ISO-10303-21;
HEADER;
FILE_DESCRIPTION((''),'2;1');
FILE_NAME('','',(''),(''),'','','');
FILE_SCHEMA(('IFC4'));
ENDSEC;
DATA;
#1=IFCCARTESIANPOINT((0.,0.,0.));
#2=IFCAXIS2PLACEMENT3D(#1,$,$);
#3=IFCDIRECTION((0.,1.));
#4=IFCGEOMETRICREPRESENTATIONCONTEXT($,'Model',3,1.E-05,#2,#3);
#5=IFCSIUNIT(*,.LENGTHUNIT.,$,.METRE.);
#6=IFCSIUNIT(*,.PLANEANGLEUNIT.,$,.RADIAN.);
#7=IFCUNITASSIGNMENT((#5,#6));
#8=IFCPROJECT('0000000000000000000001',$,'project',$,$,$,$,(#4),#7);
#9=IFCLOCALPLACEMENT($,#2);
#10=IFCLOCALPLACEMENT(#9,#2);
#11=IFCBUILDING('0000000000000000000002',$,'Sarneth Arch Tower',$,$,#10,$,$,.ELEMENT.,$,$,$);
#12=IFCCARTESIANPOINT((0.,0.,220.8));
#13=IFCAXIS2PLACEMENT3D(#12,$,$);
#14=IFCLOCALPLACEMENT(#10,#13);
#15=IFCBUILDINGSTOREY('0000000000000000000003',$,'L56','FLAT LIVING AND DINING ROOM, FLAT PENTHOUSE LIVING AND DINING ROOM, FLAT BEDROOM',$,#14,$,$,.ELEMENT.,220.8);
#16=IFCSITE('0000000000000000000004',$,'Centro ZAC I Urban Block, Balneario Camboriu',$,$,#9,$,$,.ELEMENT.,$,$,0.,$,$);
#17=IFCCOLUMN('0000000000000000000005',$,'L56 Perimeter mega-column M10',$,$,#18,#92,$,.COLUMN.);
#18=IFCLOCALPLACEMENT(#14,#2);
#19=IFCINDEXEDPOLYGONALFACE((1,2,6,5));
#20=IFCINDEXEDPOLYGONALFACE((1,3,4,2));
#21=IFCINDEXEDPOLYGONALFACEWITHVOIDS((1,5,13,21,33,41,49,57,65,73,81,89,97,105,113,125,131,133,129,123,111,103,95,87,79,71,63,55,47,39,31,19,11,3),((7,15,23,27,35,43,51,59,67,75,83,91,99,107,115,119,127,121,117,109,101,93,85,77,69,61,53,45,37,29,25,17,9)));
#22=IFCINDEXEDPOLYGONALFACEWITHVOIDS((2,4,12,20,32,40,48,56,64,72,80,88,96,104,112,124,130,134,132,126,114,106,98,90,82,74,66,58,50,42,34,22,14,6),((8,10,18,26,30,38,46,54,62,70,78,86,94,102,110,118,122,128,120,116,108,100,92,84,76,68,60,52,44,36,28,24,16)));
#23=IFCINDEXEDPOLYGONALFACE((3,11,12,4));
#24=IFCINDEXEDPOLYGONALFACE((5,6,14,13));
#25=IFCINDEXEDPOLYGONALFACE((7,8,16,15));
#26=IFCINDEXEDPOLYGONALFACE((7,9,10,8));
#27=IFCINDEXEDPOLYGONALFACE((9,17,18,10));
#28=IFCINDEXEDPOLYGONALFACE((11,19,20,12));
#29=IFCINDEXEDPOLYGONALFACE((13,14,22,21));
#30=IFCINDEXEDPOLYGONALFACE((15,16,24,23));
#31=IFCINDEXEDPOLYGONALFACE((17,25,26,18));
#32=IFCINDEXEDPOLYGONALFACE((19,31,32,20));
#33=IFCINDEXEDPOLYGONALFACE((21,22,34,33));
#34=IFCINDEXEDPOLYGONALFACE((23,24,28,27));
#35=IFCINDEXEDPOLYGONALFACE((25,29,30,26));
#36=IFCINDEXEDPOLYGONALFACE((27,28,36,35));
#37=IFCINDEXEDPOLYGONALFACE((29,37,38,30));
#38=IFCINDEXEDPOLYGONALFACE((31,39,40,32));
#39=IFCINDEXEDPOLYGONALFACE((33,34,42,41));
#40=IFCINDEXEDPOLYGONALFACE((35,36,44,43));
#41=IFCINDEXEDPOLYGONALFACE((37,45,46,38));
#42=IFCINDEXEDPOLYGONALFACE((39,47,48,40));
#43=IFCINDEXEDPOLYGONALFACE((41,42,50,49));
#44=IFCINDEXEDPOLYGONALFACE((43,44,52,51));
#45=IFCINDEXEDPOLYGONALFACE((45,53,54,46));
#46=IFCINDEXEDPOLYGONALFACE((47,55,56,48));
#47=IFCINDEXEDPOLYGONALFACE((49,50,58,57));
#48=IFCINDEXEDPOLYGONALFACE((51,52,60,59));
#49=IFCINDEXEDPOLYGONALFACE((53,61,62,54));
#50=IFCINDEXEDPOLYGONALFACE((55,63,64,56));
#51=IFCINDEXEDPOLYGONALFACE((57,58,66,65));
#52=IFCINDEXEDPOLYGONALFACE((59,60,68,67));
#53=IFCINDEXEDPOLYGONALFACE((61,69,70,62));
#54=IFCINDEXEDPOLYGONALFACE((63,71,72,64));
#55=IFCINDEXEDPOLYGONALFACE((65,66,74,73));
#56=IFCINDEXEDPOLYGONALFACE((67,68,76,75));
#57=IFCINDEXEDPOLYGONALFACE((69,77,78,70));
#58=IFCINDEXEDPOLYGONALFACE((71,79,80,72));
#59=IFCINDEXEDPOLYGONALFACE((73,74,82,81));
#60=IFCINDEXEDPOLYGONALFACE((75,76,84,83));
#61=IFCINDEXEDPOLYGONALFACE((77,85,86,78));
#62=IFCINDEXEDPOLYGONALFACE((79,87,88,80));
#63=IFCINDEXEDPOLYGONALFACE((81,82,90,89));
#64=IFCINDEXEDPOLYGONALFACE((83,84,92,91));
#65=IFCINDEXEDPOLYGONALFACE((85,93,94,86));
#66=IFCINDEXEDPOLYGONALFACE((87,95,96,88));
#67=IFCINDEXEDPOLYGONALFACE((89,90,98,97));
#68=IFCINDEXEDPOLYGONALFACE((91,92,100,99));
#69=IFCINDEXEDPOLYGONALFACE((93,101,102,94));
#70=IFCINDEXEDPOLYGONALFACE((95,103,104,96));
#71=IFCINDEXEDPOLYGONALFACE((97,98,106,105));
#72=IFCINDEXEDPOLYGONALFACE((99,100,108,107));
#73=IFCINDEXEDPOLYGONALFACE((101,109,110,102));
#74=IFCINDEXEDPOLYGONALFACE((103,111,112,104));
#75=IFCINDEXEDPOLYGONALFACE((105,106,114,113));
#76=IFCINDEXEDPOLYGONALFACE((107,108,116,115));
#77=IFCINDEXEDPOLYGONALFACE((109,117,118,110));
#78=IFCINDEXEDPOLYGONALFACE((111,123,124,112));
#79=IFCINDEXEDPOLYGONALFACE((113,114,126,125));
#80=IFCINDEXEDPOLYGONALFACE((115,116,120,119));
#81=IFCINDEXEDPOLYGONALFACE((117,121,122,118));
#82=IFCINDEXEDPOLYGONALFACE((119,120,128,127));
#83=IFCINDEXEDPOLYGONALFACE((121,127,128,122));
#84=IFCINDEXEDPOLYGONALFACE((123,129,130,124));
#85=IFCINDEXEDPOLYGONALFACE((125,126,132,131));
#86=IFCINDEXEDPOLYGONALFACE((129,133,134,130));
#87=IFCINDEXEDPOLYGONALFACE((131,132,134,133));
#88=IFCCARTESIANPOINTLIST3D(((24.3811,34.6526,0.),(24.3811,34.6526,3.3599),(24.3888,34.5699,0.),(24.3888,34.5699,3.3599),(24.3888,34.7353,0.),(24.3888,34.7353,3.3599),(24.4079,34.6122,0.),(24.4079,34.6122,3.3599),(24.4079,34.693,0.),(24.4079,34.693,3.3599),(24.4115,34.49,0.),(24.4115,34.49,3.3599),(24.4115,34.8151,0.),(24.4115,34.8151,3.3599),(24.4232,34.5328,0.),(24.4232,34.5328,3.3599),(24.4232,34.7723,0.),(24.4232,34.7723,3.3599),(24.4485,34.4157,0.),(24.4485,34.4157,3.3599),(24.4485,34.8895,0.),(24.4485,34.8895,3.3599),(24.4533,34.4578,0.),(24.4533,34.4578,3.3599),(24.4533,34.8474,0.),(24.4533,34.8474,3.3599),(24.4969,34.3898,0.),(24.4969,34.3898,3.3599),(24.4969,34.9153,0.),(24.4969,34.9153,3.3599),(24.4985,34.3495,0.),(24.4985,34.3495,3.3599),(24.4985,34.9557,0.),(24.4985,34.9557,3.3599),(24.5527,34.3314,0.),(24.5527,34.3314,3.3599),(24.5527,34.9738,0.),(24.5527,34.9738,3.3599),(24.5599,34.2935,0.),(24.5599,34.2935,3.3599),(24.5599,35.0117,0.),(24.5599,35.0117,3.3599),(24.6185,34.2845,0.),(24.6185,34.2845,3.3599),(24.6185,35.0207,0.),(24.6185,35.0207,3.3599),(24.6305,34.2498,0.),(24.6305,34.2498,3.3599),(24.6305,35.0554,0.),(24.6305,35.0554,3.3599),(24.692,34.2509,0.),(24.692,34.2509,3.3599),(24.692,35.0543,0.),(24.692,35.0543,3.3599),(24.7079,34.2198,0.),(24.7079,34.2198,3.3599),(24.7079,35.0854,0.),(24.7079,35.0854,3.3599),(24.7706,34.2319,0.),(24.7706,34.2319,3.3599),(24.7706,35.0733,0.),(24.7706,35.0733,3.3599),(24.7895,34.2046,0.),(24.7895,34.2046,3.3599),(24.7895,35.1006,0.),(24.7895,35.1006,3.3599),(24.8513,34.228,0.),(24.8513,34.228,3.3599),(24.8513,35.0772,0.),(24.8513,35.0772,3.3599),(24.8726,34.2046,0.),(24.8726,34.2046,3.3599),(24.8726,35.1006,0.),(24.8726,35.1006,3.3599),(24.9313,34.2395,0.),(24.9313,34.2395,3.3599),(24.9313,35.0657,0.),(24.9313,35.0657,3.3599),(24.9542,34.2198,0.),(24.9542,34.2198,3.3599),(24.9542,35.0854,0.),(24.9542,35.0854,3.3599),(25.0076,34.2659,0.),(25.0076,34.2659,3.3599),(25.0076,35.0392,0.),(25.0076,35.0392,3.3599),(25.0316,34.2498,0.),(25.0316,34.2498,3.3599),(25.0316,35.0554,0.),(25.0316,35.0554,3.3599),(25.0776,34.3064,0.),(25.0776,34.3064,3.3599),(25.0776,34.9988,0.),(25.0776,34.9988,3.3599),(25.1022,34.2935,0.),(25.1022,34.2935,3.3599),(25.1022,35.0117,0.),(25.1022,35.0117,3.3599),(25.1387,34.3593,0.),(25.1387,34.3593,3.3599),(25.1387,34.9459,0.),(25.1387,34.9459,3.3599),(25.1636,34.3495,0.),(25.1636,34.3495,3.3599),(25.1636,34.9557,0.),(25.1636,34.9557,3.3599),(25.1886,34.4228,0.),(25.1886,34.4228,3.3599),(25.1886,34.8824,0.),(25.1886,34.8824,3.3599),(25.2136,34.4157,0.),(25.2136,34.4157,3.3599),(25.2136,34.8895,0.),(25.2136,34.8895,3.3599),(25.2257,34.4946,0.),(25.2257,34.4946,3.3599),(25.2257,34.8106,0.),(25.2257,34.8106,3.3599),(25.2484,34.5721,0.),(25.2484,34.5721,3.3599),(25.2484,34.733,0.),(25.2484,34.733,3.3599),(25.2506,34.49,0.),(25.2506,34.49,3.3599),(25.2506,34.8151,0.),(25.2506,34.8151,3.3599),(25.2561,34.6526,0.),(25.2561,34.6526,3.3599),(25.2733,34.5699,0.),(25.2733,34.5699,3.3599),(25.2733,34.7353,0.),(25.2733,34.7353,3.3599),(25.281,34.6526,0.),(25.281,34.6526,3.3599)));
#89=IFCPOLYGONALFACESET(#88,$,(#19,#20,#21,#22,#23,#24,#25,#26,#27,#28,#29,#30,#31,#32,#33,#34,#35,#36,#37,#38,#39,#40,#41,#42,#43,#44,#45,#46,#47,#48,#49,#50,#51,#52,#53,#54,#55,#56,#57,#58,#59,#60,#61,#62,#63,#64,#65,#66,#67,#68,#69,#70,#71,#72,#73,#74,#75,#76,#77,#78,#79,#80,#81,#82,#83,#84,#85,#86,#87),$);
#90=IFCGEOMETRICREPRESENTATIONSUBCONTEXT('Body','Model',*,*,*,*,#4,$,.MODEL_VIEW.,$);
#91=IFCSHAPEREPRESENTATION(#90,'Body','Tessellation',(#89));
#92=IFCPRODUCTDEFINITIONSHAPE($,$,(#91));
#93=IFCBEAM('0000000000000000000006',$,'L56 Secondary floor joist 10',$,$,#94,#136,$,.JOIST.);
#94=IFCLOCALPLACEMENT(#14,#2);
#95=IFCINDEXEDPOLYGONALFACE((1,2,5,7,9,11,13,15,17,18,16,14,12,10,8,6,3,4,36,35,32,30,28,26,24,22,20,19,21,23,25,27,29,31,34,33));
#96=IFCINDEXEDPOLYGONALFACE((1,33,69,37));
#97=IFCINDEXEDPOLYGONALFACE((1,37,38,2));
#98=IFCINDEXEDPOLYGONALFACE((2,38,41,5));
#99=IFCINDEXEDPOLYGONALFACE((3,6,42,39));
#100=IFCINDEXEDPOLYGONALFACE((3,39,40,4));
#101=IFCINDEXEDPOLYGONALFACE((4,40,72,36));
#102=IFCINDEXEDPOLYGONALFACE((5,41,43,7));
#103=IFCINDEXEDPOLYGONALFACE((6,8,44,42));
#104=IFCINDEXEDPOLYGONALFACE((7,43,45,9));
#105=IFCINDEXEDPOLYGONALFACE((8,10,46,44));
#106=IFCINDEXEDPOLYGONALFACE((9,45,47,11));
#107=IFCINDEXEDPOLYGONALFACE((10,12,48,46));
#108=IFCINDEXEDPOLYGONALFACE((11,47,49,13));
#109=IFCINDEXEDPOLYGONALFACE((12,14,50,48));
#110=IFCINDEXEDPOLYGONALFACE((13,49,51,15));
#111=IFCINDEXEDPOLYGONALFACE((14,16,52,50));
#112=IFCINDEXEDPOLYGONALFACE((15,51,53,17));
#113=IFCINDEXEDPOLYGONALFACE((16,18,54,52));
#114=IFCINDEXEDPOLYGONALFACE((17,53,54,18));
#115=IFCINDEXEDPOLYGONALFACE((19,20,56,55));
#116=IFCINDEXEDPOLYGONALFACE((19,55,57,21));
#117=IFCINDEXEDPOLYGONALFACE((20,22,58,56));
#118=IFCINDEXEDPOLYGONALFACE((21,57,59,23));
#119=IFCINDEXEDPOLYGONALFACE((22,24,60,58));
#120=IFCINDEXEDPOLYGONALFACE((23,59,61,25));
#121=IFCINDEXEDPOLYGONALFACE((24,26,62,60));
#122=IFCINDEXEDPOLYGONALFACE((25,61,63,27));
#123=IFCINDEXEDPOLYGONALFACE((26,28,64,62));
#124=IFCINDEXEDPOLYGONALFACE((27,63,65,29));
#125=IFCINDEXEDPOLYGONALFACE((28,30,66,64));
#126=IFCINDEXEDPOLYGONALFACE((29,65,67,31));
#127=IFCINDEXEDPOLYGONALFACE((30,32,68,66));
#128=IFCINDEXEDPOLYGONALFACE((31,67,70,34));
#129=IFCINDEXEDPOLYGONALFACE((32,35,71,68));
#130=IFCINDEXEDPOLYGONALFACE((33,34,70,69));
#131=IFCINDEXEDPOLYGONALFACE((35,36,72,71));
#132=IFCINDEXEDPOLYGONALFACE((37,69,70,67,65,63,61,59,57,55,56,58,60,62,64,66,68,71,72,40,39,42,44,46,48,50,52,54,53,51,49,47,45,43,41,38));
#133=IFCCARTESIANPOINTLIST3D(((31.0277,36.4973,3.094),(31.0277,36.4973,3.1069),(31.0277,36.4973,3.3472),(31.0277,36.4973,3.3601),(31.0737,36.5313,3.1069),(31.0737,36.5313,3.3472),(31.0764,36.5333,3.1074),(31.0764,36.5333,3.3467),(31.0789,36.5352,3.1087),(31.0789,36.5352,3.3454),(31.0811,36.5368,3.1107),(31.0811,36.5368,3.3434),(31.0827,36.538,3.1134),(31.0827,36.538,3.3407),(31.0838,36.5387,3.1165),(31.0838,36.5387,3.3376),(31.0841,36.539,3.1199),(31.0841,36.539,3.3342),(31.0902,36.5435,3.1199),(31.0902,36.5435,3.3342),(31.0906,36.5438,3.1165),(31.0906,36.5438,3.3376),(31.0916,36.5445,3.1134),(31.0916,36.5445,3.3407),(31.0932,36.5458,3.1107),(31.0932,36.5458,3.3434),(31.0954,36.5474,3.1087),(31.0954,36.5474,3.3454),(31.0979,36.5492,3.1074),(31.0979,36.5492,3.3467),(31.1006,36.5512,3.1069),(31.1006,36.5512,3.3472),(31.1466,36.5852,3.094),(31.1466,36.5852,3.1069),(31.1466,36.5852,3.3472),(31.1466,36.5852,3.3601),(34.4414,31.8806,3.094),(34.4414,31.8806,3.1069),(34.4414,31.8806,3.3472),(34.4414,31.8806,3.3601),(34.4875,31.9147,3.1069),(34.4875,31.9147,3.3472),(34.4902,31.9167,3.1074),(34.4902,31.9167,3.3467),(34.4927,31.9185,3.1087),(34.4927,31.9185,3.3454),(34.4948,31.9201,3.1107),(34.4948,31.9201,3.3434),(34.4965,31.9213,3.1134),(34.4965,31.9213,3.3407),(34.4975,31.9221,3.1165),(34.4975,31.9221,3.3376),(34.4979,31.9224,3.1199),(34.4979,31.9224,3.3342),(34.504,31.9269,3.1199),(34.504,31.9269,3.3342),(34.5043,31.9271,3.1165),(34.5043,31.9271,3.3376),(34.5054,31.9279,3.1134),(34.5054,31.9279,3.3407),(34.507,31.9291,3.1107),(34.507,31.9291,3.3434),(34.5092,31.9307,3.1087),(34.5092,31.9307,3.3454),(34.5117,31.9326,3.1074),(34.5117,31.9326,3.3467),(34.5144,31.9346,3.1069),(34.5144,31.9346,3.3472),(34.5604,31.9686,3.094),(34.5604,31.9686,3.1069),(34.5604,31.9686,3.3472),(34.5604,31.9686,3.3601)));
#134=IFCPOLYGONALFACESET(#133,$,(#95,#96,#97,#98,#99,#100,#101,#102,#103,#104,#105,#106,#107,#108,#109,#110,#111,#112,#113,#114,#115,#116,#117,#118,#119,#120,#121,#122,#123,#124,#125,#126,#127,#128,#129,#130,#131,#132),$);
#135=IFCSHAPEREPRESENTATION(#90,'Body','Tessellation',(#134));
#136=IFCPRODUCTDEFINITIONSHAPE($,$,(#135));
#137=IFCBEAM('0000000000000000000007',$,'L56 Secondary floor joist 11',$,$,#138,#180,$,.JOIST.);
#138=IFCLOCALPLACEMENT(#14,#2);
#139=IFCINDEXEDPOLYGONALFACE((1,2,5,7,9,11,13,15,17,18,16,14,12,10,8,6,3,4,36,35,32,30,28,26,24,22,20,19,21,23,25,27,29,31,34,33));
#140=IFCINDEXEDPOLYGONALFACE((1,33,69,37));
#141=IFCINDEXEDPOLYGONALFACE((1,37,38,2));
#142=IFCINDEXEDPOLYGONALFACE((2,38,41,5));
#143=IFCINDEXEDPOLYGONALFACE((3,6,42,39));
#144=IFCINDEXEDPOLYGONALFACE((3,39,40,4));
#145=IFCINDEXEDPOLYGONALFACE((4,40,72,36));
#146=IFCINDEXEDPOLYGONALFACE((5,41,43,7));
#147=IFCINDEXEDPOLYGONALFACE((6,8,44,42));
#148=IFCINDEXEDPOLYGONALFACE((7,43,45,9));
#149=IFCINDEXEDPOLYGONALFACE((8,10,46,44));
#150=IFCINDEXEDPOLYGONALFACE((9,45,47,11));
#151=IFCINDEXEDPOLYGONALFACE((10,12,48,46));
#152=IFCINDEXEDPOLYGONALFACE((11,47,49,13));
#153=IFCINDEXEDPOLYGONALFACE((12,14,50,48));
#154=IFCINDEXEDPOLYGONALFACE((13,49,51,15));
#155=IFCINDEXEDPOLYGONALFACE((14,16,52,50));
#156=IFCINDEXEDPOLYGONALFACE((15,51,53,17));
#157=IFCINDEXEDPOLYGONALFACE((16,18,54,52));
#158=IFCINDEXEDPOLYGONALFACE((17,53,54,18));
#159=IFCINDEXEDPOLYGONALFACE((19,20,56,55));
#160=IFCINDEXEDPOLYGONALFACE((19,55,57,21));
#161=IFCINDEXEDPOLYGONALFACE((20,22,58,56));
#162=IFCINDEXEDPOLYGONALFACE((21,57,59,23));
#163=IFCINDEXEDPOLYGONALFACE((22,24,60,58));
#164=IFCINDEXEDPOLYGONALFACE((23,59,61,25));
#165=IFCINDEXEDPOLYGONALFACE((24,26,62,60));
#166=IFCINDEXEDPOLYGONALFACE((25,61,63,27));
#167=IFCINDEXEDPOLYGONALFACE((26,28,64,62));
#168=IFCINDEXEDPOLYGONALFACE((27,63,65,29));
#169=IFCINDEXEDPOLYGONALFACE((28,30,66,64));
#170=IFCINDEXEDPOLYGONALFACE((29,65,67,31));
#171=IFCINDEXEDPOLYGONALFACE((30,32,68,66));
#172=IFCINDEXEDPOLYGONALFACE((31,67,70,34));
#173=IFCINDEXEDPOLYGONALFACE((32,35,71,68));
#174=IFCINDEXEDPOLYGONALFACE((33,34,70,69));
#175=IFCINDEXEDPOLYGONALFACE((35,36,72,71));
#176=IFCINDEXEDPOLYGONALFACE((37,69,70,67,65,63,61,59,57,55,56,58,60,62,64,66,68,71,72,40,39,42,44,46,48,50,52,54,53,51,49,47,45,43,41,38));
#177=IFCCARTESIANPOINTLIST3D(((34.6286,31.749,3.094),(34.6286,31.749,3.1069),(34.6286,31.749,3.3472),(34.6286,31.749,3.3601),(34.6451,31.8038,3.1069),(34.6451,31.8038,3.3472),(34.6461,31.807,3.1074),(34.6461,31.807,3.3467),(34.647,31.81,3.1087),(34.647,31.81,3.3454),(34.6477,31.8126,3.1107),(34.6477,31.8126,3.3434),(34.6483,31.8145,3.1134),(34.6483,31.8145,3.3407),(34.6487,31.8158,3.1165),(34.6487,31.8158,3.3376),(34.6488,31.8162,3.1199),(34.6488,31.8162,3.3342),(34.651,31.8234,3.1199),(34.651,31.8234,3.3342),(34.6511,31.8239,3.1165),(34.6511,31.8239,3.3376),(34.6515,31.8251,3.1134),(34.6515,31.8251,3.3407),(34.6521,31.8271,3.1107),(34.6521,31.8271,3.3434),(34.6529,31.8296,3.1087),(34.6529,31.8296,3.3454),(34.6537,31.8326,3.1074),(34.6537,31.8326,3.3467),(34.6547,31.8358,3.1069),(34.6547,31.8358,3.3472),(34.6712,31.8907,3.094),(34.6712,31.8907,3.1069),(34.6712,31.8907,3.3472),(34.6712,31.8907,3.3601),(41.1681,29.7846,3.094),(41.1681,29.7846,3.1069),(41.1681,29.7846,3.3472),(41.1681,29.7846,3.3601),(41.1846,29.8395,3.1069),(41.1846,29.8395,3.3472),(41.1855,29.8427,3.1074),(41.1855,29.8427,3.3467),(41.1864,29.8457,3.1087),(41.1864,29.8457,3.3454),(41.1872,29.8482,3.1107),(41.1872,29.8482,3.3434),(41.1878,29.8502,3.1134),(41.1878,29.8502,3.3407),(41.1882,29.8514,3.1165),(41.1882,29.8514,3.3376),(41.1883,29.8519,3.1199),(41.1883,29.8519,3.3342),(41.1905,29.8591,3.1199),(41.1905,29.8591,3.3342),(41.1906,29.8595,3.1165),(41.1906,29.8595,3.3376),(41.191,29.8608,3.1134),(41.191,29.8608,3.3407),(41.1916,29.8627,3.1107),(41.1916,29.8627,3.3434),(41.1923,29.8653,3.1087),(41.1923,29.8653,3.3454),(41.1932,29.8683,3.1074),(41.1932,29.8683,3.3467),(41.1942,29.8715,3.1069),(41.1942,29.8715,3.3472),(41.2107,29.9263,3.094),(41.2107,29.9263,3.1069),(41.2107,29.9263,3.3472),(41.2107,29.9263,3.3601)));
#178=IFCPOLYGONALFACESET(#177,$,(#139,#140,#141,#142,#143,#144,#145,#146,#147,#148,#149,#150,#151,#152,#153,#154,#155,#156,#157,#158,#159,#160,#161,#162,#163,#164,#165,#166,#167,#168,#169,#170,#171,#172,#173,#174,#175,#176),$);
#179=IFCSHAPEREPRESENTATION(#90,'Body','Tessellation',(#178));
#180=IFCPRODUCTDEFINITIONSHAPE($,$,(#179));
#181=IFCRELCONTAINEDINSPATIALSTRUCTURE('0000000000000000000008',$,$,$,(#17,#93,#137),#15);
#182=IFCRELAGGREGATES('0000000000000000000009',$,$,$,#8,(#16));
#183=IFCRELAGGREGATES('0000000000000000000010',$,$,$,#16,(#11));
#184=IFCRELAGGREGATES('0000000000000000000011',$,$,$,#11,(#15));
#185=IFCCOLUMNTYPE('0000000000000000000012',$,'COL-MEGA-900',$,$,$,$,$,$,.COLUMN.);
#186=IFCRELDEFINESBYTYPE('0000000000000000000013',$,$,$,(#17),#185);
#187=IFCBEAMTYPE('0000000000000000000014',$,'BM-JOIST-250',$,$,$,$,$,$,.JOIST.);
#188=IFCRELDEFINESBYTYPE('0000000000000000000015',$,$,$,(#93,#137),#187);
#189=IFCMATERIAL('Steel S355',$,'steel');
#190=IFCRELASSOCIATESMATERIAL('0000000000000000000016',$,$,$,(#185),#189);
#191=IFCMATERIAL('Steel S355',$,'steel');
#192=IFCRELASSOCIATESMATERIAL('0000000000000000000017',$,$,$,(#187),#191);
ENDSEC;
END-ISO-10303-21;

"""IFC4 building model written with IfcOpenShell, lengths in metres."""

from ifc_helpers import new_model, si_unit, direction, frame, origin, origin_2d, place, context, subcontext, project, spatial, hollow_circle, i_section, extrude, material, material_profile, profile_set, type_object, element, save


model = new_model("IFC4")

# Units and contexts
model_context = context("Model", 3, precision=1e-05, world=origin(), true_north=direction((0.0, 1.0)))
body_context = subcontext(model_context, "Body", "Model", "MODEL_VIEW")
ifc_project = project(units=[si_unit("LENGTHUNIT", "METRE"), si_unit("PLANEANGLEUNIT", "RADIAN")], contexts=[model_context])

# Site, building, storey
site_placement = place(None, origin())
site = spatial("IfcSite", under=ifc_project, at=site_placement, Name="Centro ZAC I Urban Block, Balneario Camboriu", CompositionType="ELEMENT", RefElevation=0.0)
building_placement = place(site_placement, origin())
building = spatial("IfcBuilding", under=site, at=building_placement, Name="Sarneth Arch Tower", CompositionType="ELEMENT")
storey_placement = place(building_placement, frame((0.0, 0.0, 220.8)))
storey = spatial("IfcBuildingStorey", under=building, at=storey_placement, Name="L56", Description="FLAT LIVING AND DINING ROOM, FLAT PENTHOUSE LIVING AND DINING ROOM, FLAT BEDROOM", CompositionType="ELEMENT", Elevation=220.8)

# Column
ifc_material_1 = material(Name="Steel S355", Category="steel")
ifc_material_profile_1 = material_profile(ifc_material_1, hollow_circle(Radius=0.45, WallThickness=0.0249, at=origin_2d()), Name="CHS900x25")
ifc_profile_set_1 = profile_set([ifc_material_profile_1], Name="Steel S355")
column_type = type_object("IfcColumnType", Name="COL-MEGA-900", PredefinedType="COLUMN", material=ifc_profile_set_1)
column_placement = place(storey_placement, frame((24.8311, 34.6526, 0.0), z_axis=(0.0, 0.0, 1.0), x_axis=(1.0, 0.0, 0.0)))
element("IfcColumn", 1, at=column_placement, inside=storey, type_object=column_type, Name="L56 Perimeter mega-column M10", PredefinedType="COLUMN", context=body_context, shape_type="SweptSolid", body=[
    extrude(hollow_circle(Radius=0.45, WallThickness=0.0249, at=origin_2d()), origin(), (0.0, 0.0, 1.0), 3.3599),
])

# Beams
ifc_material_2 = material(Name="Steel S355", Category="steel")
ifc_material_profile_2 = material_profile(ifc_material_2, i_section(OverallWidth=0.1479, OverallDepth=0.2661, WebThickness=0.0076, FlangeThickness=0.0129, FilletRadius=0.0129, at=origin_2d()), Name="W250x44.8")
ifc_profile_set_2 = profile_set([ifc_material_profile_2], Name="Steel S355")
beam_type_1 = type_object("IfcBeamType", Name="BM-JOIST-250", PredefinedType="JOIST", material=ifc_profile_set_2)
beam_1_placement = place(storey_placement, frame((31.0872, 36.5413, 3.2271), z_axis=(0.594557, -0.804053, 0.0), x_axis=(0.804053, 0.594557, 0.0)))
element("IfcBeam", 2, at=beam_1_placement, inside=storey, type_object=beam_type_1, Name="L56 Secondary floor joist 10", PredefinedType="JOIST", context=body_context, shape_type="SweptSolid", body=[
    extrude(i_section(OverallWidth=0.1479, OverallDepth=0.2661, WebThickness=0.0076, FlangeThickness=0.0129, FilletRadius=0.0129, at=origin_2d()), origin(), (0.0, 0.0, 1.0), 5.7417),
])
beam_2_placement = place(storey_placement, frame((34.6499, 31.8198, 3.2271), z_axis=(0.957726, -0.287682, 0.0), x_axis=(0.287682, 0.957726, 0.0)))
element("IfcBeam", 3, at=beam_2_placement, inside=storey, type_object=beam_type_1, Name="L56 Secondary floor joist 11", PredefinedType="JOIST", context=body_context, shape_type="SweptSolid", body=[
    extrude(i_section(OverallWidth=0.1479, OverallDepth=0.2661, WebThickness=0.0076, FlangeThickness=0.0129, FilletRadius=0.0129, at=origin_2d()), origin(), (0.0, 0.0, 1.0), 6.8281),
])

save(model, "model.ifc")
